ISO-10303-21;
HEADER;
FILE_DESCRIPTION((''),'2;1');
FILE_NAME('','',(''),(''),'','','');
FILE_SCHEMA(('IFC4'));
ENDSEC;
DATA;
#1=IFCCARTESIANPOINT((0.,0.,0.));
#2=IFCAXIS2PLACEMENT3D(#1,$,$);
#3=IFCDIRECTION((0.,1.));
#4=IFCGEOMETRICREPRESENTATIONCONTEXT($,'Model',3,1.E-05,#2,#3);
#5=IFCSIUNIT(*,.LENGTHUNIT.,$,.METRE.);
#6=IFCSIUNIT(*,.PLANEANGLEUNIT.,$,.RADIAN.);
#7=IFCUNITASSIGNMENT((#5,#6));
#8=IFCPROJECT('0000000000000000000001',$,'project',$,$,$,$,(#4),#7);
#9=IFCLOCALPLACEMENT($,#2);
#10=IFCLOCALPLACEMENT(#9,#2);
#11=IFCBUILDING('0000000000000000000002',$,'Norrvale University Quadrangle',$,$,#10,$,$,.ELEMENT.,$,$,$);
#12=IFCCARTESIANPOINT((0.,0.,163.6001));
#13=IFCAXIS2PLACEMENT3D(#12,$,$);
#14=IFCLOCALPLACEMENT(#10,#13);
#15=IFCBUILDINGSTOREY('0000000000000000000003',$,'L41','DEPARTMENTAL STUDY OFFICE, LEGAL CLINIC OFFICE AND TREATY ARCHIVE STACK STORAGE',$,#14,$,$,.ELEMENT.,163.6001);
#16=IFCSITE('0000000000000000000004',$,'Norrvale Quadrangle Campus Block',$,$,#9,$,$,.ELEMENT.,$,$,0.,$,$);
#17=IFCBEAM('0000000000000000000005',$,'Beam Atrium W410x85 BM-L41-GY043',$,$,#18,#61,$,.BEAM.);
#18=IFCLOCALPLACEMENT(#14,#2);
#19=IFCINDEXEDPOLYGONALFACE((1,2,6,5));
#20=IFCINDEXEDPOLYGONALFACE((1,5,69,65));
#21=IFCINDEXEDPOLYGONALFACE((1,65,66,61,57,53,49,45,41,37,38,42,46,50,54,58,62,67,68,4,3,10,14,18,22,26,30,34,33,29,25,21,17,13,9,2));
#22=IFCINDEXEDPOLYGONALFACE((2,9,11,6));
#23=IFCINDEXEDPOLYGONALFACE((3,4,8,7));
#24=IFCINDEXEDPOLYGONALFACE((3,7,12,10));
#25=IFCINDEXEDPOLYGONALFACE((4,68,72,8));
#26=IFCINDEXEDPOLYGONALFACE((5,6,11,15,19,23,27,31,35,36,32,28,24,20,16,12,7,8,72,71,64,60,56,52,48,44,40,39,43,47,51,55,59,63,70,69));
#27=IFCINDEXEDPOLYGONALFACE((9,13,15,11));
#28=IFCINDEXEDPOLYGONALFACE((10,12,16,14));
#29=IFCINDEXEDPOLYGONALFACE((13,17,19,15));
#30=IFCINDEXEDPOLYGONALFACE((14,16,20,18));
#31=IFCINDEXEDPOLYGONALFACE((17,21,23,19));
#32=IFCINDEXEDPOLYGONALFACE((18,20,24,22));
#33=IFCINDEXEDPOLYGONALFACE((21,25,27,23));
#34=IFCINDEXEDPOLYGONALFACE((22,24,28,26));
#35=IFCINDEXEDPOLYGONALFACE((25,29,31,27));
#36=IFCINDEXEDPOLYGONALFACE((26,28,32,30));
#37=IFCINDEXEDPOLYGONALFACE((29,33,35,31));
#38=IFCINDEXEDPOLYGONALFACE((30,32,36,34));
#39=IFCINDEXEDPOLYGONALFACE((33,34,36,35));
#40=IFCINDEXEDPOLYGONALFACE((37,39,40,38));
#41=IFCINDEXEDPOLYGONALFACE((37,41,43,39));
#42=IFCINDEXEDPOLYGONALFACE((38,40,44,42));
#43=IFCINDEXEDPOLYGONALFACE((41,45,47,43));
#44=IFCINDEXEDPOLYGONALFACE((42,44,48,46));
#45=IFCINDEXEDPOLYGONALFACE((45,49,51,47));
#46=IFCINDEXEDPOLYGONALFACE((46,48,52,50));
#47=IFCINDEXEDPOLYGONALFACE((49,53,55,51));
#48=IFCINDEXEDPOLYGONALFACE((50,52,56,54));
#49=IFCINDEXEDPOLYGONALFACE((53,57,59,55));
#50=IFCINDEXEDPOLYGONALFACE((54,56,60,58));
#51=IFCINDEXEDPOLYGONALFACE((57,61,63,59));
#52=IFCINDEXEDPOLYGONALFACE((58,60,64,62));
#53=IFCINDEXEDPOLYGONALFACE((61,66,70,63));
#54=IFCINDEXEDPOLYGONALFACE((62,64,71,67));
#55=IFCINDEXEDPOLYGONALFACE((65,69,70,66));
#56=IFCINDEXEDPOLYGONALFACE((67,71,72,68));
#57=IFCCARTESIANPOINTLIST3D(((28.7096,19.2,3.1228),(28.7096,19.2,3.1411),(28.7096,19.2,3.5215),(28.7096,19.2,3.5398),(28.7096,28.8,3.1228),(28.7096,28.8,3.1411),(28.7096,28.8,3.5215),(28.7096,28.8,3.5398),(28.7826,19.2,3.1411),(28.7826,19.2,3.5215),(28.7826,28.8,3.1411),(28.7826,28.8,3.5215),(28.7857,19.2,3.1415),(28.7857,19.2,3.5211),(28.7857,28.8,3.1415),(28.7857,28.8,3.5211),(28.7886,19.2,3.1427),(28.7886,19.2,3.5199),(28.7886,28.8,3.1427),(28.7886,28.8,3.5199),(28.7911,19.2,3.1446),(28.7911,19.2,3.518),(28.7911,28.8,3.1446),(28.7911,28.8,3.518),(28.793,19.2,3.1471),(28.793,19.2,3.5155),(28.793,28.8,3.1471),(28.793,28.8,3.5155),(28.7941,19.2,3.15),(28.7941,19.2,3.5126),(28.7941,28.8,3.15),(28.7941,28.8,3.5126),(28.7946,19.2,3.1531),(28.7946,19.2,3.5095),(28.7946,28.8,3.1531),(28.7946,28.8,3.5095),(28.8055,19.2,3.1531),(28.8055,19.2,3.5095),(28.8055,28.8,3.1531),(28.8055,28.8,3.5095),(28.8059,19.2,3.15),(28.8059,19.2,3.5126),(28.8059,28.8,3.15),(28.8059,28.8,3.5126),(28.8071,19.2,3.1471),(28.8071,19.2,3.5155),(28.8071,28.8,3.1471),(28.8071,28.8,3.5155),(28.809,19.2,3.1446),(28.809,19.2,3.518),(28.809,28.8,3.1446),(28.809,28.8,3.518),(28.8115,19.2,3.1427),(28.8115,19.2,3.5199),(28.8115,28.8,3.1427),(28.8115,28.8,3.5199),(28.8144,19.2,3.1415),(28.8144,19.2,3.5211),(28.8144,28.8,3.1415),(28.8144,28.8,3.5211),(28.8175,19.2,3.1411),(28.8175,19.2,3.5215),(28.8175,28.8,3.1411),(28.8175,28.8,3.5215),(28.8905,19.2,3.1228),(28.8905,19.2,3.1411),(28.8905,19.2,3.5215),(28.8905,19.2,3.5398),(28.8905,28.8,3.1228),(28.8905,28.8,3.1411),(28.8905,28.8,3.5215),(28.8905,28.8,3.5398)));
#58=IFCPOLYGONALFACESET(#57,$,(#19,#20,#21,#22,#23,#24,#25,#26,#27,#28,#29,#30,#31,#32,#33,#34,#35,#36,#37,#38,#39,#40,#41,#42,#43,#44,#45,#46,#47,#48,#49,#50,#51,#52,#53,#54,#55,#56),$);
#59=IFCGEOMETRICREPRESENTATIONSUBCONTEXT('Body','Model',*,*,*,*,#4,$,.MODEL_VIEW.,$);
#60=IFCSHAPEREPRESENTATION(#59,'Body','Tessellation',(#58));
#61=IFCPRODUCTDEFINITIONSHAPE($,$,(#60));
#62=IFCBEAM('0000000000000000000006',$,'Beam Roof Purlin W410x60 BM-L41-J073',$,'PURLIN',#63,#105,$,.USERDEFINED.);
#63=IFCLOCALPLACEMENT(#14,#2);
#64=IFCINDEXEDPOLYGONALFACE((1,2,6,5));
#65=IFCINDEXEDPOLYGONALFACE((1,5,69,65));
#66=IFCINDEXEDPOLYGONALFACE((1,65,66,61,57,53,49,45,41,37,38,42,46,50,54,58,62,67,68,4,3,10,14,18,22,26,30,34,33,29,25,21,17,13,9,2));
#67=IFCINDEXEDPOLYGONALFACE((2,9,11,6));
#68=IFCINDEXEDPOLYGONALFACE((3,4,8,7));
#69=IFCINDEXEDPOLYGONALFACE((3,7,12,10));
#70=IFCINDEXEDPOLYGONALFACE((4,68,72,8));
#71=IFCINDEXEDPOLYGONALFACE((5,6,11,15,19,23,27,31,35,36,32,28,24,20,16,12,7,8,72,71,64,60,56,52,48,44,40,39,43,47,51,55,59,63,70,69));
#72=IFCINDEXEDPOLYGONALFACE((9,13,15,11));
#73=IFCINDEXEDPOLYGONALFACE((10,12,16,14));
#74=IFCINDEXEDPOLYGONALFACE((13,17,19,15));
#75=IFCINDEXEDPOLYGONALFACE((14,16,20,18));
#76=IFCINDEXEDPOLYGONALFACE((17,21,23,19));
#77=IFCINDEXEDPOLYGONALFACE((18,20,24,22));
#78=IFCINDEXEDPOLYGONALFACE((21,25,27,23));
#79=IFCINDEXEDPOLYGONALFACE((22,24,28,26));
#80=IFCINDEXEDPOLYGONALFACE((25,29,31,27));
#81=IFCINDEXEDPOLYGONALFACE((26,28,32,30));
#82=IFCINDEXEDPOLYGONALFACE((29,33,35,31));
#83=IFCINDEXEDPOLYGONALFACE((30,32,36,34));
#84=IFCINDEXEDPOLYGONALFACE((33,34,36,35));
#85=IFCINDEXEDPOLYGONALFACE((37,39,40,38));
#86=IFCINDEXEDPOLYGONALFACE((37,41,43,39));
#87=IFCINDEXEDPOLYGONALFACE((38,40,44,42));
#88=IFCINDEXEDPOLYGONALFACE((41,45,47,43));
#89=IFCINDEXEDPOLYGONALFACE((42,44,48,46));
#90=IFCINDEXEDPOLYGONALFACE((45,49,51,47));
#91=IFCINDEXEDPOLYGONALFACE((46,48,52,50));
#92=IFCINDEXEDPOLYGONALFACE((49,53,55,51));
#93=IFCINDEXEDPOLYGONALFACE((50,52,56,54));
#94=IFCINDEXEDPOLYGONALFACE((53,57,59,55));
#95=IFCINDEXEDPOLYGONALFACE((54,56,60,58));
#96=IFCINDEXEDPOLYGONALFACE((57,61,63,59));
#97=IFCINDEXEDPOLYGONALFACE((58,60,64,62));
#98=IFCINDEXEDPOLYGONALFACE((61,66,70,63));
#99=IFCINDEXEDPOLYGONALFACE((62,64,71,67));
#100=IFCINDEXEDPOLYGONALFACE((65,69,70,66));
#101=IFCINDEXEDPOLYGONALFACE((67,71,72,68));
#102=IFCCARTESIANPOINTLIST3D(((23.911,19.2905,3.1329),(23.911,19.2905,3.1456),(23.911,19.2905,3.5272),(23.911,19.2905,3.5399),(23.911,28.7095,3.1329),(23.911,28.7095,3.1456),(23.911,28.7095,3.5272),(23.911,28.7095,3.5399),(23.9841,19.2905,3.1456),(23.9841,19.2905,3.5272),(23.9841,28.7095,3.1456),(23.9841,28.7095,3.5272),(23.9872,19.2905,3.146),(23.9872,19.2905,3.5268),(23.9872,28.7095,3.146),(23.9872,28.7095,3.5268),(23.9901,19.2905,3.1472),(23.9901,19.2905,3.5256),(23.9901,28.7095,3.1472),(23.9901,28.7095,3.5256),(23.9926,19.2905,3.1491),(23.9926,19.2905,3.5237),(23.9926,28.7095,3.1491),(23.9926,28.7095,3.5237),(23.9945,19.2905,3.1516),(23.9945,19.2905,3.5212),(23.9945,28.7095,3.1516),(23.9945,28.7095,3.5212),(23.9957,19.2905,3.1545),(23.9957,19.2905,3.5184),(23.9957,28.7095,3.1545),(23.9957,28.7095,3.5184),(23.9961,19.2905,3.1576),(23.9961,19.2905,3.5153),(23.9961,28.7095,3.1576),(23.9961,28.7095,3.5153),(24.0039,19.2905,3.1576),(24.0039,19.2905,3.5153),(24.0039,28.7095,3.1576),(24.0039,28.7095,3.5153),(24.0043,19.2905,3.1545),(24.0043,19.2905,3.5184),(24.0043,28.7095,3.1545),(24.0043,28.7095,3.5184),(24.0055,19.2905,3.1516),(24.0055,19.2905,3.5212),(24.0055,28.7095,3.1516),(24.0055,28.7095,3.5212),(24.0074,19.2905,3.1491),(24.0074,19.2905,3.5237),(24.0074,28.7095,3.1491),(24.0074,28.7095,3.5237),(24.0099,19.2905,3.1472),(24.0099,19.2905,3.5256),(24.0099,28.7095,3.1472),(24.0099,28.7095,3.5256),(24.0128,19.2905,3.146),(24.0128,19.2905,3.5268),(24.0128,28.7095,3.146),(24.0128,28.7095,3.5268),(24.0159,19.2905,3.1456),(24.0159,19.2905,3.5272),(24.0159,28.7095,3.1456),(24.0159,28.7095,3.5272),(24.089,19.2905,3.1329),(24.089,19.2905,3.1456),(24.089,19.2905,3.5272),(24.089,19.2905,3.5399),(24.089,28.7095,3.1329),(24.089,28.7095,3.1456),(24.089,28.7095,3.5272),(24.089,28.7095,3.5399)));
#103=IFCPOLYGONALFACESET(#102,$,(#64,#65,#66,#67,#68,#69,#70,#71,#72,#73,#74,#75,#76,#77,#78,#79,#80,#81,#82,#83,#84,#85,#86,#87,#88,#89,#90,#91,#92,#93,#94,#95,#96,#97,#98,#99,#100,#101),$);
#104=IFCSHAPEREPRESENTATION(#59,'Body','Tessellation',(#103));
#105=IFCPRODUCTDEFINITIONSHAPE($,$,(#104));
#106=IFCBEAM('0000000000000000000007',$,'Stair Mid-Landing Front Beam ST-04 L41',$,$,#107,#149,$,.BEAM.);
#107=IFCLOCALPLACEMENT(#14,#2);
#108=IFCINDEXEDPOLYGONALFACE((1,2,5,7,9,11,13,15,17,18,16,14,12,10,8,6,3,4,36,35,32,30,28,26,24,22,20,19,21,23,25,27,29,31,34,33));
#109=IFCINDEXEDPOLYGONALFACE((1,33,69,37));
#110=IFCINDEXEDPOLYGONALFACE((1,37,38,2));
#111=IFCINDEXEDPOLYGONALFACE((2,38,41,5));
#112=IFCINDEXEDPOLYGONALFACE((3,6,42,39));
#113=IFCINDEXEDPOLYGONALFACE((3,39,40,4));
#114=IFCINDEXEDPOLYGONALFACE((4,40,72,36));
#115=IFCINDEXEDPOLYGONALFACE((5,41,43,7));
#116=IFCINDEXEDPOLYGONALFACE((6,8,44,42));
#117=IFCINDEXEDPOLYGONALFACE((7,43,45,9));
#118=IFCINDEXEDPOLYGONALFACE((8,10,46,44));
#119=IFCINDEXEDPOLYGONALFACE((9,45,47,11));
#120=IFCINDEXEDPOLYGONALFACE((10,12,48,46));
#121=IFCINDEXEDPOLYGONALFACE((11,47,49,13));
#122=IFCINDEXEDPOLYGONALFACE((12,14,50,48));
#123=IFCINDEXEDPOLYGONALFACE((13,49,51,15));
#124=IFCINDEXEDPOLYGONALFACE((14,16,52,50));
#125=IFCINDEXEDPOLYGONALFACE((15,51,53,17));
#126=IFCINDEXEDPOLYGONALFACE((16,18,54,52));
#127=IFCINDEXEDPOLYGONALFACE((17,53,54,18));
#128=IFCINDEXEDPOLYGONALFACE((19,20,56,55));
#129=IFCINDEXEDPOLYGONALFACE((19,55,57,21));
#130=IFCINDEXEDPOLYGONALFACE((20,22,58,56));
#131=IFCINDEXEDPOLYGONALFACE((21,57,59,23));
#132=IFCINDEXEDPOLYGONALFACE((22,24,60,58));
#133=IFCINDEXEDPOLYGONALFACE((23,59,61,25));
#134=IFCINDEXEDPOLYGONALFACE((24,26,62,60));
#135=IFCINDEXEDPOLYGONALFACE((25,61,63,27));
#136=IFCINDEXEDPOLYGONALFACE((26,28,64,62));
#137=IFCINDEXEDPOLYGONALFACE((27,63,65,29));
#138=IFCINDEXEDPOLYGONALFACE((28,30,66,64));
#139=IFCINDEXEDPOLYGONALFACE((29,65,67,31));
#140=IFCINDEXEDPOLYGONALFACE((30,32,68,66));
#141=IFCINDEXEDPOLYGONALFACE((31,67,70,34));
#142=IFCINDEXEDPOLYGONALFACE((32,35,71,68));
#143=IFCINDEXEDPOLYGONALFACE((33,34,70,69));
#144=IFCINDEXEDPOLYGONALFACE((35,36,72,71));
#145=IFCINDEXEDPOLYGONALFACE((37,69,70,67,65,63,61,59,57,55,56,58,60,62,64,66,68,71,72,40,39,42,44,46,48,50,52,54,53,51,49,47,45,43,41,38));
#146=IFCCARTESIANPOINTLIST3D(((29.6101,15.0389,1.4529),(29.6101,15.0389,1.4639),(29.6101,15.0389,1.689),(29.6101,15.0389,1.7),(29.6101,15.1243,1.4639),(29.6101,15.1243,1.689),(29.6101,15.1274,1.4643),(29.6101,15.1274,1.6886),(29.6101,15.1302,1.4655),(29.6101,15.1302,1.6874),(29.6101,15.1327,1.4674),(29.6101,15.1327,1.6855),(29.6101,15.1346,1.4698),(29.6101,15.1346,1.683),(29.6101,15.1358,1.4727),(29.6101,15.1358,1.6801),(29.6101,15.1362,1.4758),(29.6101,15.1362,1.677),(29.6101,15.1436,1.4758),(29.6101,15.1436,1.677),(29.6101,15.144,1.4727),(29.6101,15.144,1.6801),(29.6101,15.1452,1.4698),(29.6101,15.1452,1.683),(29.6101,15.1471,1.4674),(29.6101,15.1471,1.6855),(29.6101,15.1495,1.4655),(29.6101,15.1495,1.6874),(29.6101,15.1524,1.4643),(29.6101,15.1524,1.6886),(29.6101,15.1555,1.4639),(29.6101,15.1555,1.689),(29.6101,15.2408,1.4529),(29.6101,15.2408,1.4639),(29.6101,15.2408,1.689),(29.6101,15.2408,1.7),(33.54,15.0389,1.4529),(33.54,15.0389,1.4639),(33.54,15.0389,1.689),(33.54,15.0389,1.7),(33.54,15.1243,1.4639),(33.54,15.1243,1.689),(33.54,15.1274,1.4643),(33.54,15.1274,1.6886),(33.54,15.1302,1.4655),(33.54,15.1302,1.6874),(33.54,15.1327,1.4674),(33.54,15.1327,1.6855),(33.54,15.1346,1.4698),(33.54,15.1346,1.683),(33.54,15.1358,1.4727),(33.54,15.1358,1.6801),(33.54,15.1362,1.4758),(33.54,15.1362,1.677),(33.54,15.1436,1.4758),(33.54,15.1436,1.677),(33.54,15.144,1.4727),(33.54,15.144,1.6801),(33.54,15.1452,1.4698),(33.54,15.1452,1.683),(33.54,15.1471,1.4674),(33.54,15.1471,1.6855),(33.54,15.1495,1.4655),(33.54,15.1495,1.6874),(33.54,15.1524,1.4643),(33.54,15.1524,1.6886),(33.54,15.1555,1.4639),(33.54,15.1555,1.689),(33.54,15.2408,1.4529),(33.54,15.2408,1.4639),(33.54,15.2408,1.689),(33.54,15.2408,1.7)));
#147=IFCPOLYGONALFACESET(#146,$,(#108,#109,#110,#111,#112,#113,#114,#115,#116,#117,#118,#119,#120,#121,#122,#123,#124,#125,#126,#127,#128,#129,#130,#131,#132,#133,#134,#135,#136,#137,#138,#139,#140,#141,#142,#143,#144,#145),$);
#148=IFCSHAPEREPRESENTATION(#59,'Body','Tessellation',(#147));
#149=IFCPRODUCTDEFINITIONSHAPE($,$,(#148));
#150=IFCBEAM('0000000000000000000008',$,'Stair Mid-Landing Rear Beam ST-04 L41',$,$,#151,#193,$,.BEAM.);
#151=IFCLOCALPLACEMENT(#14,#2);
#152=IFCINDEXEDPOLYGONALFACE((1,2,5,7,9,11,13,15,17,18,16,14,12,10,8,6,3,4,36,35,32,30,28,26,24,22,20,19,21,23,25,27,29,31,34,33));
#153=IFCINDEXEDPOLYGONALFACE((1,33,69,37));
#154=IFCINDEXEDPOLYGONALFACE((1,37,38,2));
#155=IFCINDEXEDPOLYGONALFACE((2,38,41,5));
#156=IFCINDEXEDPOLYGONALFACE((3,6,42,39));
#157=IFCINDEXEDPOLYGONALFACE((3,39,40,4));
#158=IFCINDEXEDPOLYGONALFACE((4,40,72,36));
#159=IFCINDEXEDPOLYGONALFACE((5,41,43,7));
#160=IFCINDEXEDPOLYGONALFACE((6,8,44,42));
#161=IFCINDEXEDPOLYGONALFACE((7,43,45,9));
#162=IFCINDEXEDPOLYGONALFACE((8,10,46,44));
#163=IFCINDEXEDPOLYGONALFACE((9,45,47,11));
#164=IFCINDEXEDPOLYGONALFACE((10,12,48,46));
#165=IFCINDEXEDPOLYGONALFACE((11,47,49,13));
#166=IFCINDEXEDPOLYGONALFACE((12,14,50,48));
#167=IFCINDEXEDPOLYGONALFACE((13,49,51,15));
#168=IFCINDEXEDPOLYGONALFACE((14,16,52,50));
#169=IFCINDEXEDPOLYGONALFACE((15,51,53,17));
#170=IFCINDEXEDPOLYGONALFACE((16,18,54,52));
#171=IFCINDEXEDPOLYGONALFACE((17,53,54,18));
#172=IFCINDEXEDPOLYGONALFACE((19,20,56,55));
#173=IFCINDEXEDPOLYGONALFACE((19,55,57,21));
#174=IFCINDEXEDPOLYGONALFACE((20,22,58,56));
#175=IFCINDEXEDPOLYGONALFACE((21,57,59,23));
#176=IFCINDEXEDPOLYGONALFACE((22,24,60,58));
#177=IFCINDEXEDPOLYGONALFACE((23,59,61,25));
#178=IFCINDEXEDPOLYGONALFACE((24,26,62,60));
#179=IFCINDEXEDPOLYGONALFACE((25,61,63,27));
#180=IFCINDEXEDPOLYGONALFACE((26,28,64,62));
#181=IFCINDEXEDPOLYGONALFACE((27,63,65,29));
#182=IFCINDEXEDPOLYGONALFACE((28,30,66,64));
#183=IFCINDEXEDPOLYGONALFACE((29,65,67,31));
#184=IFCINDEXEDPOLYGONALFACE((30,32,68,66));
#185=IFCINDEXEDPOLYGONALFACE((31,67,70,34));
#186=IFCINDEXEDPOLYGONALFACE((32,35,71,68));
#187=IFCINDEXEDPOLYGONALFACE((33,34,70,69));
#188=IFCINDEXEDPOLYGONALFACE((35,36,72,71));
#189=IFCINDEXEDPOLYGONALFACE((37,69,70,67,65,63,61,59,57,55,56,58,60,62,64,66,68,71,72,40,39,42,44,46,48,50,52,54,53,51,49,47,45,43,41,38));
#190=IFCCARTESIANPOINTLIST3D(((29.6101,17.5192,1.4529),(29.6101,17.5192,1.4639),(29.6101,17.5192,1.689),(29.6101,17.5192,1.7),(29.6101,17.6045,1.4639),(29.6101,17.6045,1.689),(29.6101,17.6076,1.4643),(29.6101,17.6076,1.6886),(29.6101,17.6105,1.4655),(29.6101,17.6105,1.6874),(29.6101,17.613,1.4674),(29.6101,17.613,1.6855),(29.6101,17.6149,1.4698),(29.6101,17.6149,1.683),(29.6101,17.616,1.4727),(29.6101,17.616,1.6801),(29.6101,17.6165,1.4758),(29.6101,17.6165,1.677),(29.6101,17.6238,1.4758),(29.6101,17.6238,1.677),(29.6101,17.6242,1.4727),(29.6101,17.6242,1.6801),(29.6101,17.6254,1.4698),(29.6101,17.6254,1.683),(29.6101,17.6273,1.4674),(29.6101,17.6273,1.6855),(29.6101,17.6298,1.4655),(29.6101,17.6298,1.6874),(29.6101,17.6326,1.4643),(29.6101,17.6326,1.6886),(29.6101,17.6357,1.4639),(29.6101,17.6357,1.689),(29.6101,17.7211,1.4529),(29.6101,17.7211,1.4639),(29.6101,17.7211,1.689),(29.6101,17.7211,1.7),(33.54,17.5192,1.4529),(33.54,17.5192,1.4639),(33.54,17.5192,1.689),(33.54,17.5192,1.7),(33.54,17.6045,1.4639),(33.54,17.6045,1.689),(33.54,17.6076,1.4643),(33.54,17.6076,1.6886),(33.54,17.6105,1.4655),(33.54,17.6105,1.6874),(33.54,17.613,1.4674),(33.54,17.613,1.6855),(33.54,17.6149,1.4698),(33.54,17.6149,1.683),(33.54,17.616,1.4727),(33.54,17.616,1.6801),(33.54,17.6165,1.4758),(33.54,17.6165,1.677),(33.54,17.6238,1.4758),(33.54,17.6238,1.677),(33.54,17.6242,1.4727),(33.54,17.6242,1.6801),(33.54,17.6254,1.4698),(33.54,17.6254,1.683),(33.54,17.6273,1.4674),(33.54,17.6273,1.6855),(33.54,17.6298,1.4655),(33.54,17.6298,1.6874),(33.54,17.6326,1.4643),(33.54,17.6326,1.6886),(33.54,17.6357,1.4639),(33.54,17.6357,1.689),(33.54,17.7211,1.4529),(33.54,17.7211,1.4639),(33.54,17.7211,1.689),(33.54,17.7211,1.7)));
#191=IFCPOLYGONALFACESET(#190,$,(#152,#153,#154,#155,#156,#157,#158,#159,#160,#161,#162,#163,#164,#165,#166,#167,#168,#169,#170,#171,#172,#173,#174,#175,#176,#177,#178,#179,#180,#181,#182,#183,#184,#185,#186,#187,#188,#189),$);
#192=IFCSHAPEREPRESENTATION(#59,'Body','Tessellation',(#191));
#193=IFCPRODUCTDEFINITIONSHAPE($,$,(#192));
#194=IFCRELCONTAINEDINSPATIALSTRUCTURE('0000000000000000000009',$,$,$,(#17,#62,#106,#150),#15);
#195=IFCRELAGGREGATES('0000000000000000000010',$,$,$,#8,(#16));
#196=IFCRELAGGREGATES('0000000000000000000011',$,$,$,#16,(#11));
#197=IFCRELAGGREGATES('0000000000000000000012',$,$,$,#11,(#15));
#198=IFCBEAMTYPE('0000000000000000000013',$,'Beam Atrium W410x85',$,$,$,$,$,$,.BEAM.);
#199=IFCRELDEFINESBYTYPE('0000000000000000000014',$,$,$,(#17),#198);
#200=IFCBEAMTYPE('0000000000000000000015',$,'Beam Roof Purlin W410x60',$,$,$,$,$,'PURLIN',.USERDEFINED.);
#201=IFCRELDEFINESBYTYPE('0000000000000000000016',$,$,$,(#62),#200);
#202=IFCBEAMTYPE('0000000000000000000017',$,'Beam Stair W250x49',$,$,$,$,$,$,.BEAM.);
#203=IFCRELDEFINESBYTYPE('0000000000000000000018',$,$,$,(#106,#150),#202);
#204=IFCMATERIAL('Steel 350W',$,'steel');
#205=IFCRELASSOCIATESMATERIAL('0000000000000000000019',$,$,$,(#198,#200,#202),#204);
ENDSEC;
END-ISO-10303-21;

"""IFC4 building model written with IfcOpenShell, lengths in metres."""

from ifc_helpers import new_model, si_unit, direction, frame, origin, origin_2d, place, context, subcontext, project, spatial, i_section, extrude, material, material_profile, profile_set, type_object, element, save


model = new_model("IFC4")

# Units and contexts
model_context = context("Model", 3, precision=1e-05, world=origin(), true_north=direction((0.0, 1.0)))
body_context = subcontext(model_context, "Body", "Model", "MODEL_VIEW")
ifc_project = project(units=[si_unit("LENGTHUNIT", "METRE"), si_unit("PLANEANGLEUNIT", "RADIAN")], contexts=[model_context])

# Site, building, storey
site_placement = place(None, origin())
site = spatial("IfcSite", under=ifc_project, at=site_placement, Name="Norrvale Quadrangle Campus Block", CompositionType="ELEMENT", RefElevation=0.0)
building_placement = place(site_placement, origin())
building = spatial("IfcBuilding", under=site, at=building_placement, Name="Norrvale University Quadrangle", CompositionType="ELEMENT")
storey_placement = place(building_placement, frame((0.0, 0.0, 163.6001)))
storey = spatial("IfcBuildingStorey", under=building, at=storey_placement, Name="L41", Description="DEPARTMENTAL STUDY OFFICE, LEGAL CLINIC OFFICE AND TREATY ARCHIVE STACK STORAGE", CompositionType="ELEMENT", Elevation=163.6001)

# Beams
ifc_material_1 = material(Name="Steel 350W", Category="steel")
ifc_material_profile_1 = material_profile(ifc_material_1, i_section(OverallWidth=0.1809, OverallDepth=0.417, WebThickness=0.011, FlangeThickness=0.0183, FilletRadius=0.012, at=origin_2d()), Name="Steel 350W")
ifc_profile_set_1 = profile_set([ifc_material_profile_1], Name="Steel 350W")
beam_type_1 = type_object("IfcBeamType", Name="Beam Atrium W410x85", PredefinedType="BEAM", material=ifc_profile_set_1)
for number, where, z_axis, x_axis, name in (
    (1, (28.8, 19.2, 3.3313), (0.0, 1.0, 0.0), (-1.0, 0.0, 0.0), "Beam Atrium W410x85 BM-L41-GY043"),
):
    element("IfcBeam", number, at=place(storey_placement, frame(where, z_axis=z_axis, x_axis=x_axis)), inside=storey, type_object=beam_type_1, Name=name, PredefinedType="BEAM", context=body_context, shape_type="SweptSolid", body=[
        extrude(i_section(OverallWidth=0.1809, OverallDepth=0.417, WebThickness=0.011, FlangeThickness=0.0183, FilletRadius=0.012, at=origin_2d()), origin(), (0.0, 0.0, 1.0), 9.6001),
    ])
ifc_material_profile_2 = material_profile(ifc_material_1, i_section(OverallWidth=0.178, OverallDepth=0.407, WebThickness=0.0078, FlangeThickness=0.0127, FilletRadius=0.012, at=origin_2d()), Name="Steel 350W")
ifc_profile_set_2 = profile_set([ifc_material_profile_2], Name="Steel 350W")
beam_type_2 = type_object("IfcBeamType", Name="Beam Roof Purlin W410x60", ElementType="PURLIN", PredefinedType="USERDEFINED", material=ifc_profile_set_2)
beam_1_placement = place(storey_placement, frame((24.0, 19.2905, 3.3364), z_axis=(0.0, 1.0, 0.0), x_axis=(-1.0, 0.0, 0.0)))
element("IfcBeam", 2, at=beam_1_placement, inside=storey, type_object=beam_type_2, Name="Beam Roof Purlin W410x60 BM-L41-J073", ObjectType="PURLIN", PredefinedType="USERDEFINED", context=body_context, shape_type="SweptSolid", body=[
    extrude(i_section(OverallWidth=0.178, OverallDepth=0.407, WebThickness=0.0078, FlangeThickness=0.0127, FilletRadius=0.012, at=origin_2d()), origin(), (0.0, 0.0, 1.0), 9.4189),
])
ifc_material_profile_3 = material_profile(ifc_material_1, i_section(OverallWidth=0.2019, OverallDepth=0.2471, WebThickness=0.0073, FlangeThickness=0.011, FilletRadius=0.012, at=origin_2d()), Name="Steel 350W")
ifc_profile_set_3 = profile_set([ifc_material_profile_3], Name="Steel 350W")
beam_type_3 = type_object("IfcBeamType", Name="Beam Stair W250x49", PredefinedType="BEAM", material=ifc_profile_set_3)
for number, where, z_axis, x_axis, name in (
    (3, (29.6101, 15.1399, 1.5764), (1.0, 0.0, 0.0), (0.0, 1.0, 0.0), "Stair Mid-Landing Front Beam ST-04 L41"),
    (4, (29.6101, 17.6201, 1.5764), (1.0, 0.0, 0.0), (0.0, 1.0, 0.0), "Stair Mid-Landing Rear Beam ST-04 L41"),
):
    element("IfcBeam", number, at=place(storey_placement, frame(where, z_axis=z_axis, x_axis=x_axis)), inside=storey, type_object=beam_type_3, Name=name, PredefinedType="BEAM", context=body_context, shape_type="SweptSolid", body=[
        extrude(i_section(OverallWidth=0.2019, OverallDepth=0.2471, WebThickness=0.0073, FlangeThickness=0.011, FilletRadius=0.012, at=origin_2d()), origin(), (0.0, 0.0, 1.0), 3.9299),
    ])

save(model, "model.ifc")
